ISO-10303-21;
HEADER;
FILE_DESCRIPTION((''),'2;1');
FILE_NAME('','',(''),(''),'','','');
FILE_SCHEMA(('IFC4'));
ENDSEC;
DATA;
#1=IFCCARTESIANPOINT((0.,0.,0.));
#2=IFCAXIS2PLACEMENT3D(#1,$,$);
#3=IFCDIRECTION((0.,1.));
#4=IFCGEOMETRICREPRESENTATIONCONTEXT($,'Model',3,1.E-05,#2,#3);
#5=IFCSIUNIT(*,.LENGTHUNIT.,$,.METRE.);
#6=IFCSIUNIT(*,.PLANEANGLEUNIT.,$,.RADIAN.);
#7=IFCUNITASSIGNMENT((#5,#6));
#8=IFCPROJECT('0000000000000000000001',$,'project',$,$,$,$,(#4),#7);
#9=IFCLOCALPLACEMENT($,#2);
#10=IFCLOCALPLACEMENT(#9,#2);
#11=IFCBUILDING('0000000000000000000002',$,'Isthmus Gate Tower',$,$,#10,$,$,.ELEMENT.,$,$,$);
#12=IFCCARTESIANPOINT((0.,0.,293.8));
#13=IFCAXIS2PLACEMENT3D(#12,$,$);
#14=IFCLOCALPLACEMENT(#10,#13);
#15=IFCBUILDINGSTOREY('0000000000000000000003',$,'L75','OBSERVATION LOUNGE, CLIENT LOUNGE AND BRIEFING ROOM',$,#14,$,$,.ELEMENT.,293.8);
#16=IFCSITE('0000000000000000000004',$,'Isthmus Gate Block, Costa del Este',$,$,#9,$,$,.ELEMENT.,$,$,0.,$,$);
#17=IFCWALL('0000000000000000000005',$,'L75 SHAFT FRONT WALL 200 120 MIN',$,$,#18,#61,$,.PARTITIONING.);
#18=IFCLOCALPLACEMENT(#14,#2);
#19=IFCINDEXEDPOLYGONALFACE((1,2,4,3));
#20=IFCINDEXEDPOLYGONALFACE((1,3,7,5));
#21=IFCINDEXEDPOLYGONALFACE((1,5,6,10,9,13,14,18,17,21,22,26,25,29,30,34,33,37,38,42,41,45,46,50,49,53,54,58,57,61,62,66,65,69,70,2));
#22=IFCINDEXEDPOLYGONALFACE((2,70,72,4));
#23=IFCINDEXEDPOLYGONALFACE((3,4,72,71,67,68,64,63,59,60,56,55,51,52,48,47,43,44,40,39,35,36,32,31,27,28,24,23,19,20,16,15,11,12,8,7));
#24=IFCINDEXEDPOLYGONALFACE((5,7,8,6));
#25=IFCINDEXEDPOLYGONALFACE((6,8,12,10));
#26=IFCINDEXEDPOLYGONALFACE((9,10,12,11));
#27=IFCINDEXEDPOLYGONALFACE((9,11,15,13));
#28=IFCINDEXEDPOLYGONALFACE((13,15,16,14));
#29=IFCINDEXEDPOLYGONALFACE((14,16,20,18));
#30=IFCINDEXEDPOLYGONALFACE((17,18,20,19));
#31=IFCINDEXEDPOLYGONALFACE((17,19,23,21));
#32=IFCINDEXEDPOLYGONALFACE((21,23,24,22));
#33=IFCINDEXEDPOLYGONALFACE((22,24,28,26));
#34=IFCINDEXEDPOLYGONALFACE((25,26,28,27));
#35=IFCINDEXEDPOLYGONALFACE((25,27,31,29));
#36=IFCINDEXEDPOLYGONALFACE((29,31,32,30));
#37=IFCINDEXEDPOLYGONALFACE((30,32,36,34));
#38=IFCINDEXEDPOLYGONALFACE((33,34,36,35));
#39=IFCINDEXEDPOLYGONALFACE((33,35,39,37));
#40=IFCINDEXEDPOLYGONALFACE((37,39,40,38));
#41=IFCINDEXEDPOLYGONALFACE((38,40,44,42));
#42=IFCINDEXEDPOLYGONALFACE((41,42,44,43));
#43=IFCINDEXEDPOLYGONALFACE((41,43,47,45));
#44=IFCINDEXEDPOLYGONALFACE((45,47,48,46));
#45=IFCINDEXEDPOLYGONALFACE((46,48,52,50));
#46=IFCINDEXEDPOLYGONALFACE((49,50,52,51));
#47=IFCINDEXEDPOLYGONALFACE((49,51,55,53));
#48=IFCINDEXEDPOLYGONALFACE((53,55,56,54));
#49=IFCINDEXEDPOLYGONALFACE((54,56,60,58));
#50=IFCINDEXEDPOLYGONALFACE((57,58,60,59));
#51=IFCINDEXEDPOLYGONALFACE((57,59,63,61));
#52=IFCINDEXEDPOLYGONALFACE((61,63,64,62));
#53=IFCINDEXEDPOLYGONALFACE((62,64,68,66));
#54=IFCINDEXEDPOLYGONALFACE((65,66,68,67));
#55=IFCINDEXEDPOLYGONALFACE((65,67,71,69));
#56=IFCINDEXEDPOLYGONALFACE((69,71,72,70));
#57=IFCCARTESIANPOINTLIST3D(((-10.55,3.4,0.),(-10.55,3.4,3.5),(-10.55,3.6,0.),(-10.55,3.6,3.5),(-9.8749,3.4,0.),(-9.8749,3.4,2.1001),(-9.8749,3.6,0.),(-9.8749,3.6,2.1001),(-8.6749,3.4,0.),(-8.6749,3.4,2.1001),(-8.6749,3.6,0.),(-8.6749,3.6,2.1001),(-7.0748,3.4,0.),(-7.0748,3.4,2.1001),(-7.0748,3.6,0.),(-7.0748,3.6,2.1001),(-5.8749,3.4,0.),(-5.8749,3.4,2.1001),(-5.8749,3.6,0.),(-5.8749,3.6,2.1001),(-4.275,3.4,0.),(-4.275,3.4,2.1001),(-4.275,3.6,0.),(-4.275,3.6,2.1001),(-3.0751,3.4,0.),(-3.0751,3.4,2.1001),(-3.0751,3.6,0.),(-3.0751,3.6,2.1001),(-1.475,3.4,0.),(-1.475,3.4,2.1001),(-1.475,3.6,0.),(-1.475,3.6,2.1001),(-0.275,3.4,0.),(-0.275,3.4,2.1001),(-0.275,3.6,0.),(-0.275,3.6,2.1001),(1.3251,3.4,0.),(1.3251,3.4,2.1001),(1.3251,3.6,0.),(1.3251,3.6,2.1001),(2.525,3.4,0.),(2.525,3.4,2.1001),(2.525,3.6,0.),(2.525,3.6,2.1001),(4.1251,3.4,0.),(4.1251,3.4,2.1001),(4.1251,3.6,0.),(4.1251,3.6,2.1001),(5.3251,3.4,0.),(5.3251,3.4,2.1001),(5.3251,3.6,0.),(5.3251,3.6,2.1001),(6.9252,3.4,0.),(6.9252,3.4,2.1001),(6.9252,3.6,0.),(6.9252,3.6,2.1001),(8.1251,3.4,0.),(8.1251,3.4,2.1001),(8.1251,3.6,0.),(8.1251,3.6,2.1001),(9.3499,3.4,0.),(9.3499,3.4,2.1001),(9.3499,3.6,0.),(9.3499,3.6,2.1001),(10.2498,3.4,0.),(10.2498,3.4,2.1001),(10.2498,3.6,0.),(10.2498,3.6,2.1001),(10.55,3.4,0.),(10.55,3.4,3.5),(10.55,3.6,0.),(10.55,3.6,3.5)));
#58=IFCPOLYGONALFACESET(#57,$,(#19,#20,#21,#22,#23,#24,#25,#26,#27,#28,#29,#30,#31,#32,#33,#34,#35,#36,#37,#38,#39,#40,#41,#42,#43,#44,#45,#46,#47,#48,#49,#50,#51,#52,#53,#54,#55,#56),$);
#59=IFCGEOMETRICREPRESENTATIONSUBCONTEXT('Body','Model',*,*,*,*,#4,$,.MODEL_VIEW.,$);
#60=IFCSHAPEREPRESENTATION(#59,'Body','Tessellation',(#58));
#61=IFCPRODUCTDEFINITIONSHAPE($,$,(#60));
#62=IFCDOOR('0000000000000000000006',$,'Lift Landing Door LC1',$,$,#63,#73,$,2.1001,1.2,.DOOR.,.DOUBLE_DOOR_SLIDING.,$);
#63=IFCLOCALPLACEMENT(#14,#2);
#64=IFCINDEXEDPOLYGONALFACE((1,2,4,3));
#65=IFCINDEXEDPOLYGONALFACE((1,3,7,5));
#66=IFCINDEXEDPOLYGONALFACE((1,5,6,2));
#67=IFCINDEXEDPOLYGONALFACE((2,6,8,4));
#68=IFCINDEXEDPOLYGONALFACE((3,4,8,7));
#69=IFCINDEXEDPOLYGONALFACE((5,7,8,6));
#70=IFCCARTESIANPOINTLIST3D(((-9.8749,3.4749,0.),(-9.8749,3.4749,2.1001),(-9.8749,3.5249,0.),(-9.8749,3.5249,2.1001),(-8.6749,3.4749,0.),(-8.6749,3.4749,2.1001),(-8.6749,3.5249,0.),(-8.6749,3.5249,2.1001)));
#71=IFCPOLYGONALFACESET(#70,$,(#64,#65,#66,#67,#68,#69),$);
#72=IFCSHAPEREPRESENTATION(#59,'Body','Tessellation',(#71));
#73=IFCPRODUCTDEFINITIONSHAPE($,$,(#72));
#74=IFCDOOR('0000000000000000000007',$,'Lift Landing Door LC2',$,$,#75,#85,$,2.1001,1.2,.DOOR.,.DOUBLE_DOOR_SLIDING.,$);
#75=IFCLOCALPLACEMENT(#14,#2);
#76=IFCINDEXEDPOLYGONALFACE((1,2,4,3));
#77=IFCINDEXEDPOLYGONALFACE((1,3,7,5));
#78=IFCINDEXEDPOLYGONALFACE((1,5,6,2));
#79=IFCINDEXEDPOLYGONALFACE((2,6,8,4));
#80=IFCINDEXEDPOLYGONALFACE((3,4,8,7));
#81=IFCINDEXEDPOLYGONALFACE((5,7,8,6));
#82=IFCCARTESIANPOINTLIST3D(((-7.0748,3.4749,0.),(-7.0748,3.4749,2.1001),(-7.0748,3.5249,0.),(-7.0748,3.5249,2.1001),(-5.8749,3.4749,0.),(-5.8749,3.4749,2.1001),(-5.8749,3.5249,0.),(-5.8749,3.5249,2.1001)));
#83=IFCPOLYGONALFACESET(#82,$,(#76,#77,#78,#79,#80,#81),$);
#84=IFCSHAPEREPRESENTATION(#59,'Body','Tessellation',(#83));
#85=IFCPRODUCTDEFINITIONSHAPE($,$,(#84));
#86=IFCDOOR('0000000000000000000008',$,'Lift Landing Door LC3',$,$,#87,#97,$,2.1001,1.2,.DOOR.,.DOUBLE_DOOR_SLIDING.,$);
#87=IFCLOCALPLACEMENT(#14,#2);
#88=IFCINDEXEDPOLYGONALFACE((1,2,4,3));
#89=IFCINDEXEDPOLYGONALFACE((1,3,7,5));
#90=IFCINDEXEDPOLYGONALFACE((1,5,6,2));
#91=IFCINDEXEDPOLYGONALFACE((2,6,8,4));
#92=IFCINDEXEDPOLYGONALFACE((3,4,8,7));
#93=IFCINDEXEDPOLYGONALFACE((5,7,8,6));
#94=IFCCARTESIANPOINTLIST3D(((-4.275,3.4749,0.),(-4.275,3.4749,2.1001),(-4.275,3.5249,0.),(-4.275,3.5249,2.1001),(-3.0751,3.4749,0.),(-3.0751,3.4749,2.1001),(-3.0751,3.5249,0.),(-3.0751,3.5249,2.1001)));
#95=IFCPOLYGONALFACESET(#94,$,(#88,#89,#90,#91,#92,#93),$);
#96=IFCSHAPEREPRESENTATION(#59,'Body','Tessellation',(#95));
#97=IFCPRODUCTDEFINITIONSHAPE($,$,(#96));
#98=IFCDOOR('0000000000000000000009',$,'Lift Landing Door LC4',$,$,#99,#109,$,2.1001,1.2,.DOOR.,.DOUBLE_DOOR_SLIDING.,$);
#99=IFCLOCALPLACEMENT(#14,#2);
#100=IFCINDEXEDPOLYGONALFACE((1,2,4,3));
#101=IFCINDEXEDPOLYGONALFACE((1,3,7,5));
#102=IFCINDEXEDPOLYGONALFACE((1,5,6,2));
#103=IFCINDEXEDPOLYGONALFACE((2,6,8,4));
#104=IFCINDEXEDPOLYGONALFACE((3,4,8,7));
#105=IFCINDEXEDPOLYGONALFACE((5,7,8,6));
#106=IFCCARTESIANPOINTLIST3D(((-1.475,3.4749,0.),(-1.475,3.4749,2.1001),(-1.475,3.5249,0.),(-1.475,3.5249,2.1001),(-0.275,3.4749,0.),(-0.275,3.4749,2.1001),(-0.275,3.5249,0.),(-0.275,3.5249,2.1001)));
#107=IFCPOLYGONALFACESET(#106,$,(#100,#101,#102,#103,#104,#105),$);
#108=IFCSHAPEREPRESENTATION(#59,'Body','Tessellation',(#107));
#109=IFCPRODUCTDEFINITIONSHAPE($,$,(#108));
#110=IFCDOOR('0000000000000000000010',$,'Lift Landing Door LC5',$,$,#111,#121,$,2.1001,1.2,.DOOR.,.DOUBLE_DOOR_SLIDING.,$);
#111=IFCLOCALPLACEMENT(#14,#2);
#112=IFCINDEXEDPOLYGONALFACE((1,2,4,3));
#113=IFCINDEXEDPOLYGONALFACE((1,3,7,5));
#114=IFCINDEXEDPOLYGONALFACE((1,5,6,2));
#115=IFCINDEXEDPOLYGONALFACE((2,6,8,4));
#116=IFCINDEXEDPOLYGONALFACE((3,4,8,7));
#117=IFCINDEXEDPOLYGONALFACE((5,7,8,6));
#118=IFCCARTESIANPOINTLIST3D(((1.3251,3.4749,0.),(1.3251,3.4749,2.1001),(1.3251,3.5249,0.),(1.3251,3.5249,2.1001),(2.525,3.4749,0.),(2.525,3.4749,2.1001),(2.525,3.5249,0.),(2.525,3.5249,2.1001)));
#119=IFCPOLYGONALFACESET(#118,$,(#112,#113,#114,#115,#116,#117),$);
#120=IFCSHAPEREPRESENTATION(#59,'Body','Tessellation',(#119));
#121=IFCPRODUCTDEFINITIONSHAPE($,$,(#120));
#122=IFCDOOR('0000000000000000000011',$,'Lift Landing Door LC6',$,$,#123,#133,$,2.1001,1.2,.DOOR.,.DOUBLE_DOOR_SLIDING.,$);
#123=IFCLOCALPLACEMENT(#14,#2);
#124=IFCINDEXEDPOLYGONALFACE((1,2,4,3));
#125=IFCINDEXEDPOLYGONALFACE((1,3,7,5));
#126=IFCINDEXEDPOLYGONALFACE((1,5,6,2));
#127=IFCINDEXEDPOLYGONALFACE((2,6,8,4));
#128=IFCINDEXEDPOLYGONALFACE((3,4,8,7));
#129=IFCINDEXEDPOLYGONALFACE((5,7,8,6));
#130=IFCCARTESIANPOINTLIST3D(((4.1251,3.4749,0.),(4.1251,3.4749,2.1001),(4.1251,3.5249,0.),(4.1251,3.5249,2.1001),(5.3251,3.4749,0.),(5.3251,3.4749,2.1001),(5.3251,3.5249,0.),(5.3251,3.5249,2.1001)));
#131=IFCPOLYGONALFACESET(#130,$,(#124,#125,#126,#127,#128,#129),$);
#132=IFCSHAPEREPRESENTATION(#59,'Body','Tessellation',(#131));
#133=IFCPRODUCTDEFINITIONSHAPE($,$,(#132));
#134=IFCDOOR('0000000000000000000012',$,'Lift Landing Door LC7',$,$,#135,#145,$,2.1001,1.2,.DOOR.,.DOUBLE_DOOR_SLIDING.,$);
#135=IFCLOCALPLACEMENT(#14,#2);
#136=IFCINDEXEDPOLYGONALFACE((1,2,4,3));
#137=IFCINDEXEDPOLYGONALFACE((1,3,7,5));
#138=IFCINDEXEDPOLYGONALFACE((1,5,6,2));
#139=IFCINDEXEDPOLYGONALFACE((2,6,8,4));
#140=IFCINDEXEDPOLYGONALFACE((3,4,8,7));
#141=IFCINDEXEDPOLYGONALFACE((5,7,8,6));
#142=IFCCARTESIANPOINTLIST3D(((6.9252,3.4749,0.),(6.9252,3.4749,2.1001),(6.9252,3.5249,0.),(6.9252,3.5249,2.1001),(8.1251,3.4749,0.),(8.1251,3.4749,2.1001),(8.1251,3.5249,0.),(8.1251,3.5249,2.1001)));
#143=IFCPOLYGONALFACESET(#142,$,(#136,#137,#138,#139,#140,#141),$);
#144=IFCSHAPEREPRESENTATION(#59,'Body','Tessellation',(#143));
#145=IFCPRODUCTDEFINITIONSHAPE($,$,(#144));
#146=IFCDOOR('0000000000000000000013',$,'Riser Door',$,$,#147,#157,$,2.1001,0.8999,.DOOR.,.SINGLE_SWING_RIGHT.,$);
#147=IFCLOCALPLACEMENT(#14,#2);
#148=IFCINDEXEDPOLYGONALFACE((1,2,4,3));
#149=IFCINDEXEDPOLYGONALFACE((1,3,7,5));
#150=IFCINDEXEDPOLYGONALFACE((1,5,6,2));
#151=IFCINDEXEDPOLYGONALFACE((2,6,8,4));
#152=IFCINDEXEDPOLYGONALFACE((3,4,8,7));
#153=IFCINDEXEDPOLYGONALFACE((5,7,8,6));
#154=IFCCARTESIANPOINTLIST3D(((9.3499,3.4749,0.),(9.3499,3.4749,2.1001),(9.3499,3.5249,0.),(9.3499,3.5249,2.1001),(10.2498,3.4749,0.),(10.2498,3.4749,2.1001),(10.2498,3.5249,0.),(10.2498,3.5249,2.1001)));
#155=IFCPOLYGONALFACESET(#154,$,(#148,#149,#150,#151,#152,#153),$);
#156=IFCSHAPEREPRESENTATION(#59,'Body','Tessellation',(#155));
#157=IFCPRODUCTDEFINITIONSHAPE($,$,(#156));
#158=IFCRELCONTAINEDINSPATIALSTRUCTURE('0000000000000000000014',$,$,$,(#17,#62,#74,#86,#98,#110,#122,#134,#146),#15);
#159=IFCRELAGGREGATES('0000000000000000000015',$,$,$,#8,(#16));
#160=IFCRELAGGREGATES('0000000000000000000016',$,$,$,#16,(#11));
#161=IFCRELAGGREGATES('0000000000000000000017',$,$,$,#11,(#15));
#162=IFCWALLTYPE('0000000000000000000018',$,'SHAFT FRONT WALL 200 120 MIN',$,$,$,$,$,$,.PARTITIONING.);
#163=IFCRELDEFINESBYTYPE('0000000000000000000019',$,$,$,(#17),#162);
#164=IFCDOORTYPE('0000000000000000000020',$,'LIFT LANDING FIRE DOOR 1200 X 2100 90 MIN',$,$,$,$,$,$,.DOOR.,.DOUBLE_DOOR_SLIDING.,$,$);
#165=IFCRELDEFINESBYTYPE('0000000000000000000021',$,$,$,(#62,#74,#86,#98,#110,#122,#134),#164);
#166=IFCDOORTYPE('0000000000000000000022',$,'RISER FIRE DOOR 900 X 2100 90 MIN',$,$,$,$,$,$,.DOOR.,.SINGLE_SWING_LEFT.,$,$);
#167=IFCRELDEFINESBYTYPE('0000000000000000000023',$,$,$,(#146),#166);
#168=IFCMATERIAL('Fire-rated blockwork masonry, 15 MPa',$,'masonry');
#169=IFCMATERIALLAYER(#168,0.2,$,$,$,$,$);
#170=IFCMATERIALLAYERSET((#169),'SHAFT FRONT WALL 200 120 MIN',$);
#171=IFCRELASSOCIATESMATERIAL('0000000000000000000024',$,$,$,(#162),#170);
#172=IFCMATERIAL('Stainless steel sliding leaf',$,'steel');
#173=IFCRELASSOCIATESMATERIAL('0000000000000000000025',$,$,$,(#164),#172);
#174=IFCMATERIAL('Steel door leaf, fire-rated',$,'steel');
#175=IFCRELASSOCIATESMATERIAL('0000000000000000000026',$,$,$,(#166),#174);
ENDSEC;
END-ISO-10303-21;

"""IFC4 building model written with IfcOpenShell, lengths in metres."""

from ifc_helpers import new_model, si_unit, direction, frame, frame_2d, origin, place, context, subcontext, project, spatial, rectangle, extrude, material, layer, layer_set, type_object, element, fill, save


model = new_model("IFC4")

# Units and contexts
model_context = context("Model", 3, precision=1e-05, world=origin(), true_north=direction((0.0, 1.0)))
body_context = subcontext(model_context, "Body", "Model", "MODEL_VIEW")
ifc_project = project(units=[si_unit("LENGTHUNIT", "METRE"), si_unit("PLANEANGLEUNIT", "RADIAN")], contexts=[model_context])

# Site, building, storey
site_placement = place(None, origin())
site = spatial("IfcSite", under=ifc_project, at=site_placement, Name="Isthmus Gate Block, Costa del Este", CompositionType="ELEMENT", RefElevation=0.0)
building_placement = place(site_placement, origin())
building = spatial("IfcBuilding", under=site, at=building_placement, Name="Isthmus Gate Tower", CompositionType="ELEMENT")
storey_placement = place(building_placement, frame((0.0, 0.0, 293.8)))
storey = spatial("IfcBuildingStorey", under=building, at=storey_placement, Name="L75", Description="OBSERVATION LOUNGE, CLIENT LOUNGE AND BRIEFING ROOM", CompositionType="ELEMENT", Elevation=293.8)

# Wall, openings, doors
ifc_material_1 = material(Name="Fire-rated blockwork masonry, 15 MPa", Category="masonry")
ifc_layer = layer(ifc_material_1, 0.2)
ifc_layer_set = layer_set([ifc_layer], Name="SHAFT FRONT WALL 200 120 MIN")
wall_type = type_object("IfcWallType", Name="SHAFT FRONT WALL 200 120 MIN", PredefinedType="PARTITIONING", material=ifc_layer_set)
wall_placement = place(storey_placement, frame((-10.55, 3.5, 0.0), z_axis=(0.0, 0.0, 1.0), x_axis=(1.0, 0.0, 0.0)))
wall = element("IfcWall", 1, at=wall_placement, inside=storey, type_object=wall_type, Name="L75 SHAFT FRONT WALL 200 120 MIN", PredefinedType="PARTITIONING", context=body_context, shape_type="SweptSolid", body=[
    extrude(rectangle(XDim=21.1001, YDim=0.2, at=frame_2d((10.55, 0.0))), origin(), (0.0, 0.0, 1.0), 3.5),
])
opening_1_placement = place(wall_placement, frame((0.675, 0.0, 0.0)))
opening_1 = element("IfcOpeningElement", 2, at=opening_1_placement, cuts=wall, PredefinedType="OPENING", context=body_context, shape_type="SweptSolid", body=[
    extrude(rectangle(XDim=1.2, YDim=2.1001, at=frame_2d((0.6001, 1.05))), frame((0.0, 0.1099, 0.0), z_axis=(0.0, -1.0, 0.0), x_axis=(1.0, 0.0, 0.0)), (0.0, 0.0, 1.0), 0.22),
])
opening_2_placement = place(wall_placement, frame((3.4751, 0.0, 0.0)))
opening_2 = element("IfcOpeningElement", 3, at=opening_2_placement, cuts=wall, PredefinedType="OPENING", context=body_context, shape_type="SweptSolid", body=[
    extrude(rectangle(XDim=1.2, YDim=2.1001, at=frame_2d((0.6001, 1.05))), frame((0.0, 0.1099, 0.0), z_axis=(0.0, -1.0, 0.0), x_axis=(1.0, 0.0, 0.0)), (0.0, 0.0, 1.0), 0.22),
])
opening_3_placement = place(wall_placement, frame((6.2749, 0.0, 0.0)))
opening_3 = element("IfcOpeningElement", 4, at=opening_3_placement, cuts=wall, PredefinedType="OPENING", context=body_context, shape_type="SweptSolid", body=[
    extrude(rectangle(XDim=1.2, YDim=2.1001, at=frame_2d((0.6001, 1.05))), frame((0.0, 0.1099, 0.0), z_axis=(0.0, -1.0, 0.0), x_axis=(1.0, 0.0, 0.0)), (0.0, 0.0, 1.0), 0.22),
])
opening_4_placement = place(wall_placement, frame((9.075, 0.0, 0.0)))
opening_4 = element("IfcOpeningElement", 5, at=opening_4_placement, cuts=wall, PredefinedType="OPENING", context=body_context, shape_type="SweptSolid", body=[
    extrude(rectangle(XDim=1.2, YDim=2.1001, at=frame_2d((0.6001, 1.05))), frame((0.0, 0.1099, 0.0), z_axis=(0.0, -1.0, 0.0), x_axis=(1.0, 0.0, 0.0)), (0.0, 0.0, 1.0), 0.22),
])
opening_5_placement = place(wall_placement, frame((11.875, 0.0, 0.0)))
opening_5 = element("IfcOpeningElement", 6, at=opening_5_placement, cuts=wall, PredefinedType="OPENING", context=body_context, shape_type="SweptSolid", body=[
    extrude(rectangle(XDim=1.2, YDim=2.1001, at=frame_2d((0.6001, 1.05))), frame((0.0, 0.1099, 0.0), z_axis=(0.0, -1.0, 0.0), x_axis=(1.0, 0.0, 0.0)), (0.0, 0.0, 1.0), 0.22),
])
opening_6_placement = place(wall_placement, frame((14.675, 0.0, 0.0)))
opening_6 = element("IfcOpeningElement", 7, at=opening_6_placement, cuts=wall, PredefinedType="OPENING", context=body_context, shape_type="SweptSolid", body=[
    extrude(rectangle(XDim=1.2, YDim=2.1001, at=frame_2d((0.6001, 1.05))), frame((0.0, 0.1099, 0.0), z_axis=(0.0, -1.0, 0.0), x_axis=(1.0, 0.0, 0.0)), (0.0, 0.0, 1.0), 0.22),
])
opening_7_placement = place(wall_placement, frame((17.4751, 0.0, 0.0)))
opening_7 = element("IfcOpeningElement", 8, at=opening_7_placement, cuts=wall, PredefinedType="OPENING", context=body_context, shape_type="SweptSolid", body=[
    extrude(rectangle(XDim=1.2, YDim=2.1001, at=frame_2d((0.6001, 1.05))), frame((0.0, 0.1099, 0.0), z_axis=(0.0, -1.0, 0.0), x_axis=(1.0, 0.0, 0.0)), (0.0, 0.0, 1.0), 0.22),
])
opening_8_placement = place(wall_placement, frame((19.8999, 0.0, 0.0)))
opening_8 = element("IfcOpeningElement", 9, at=opening_8_placement, cuts=wall, PredefinedType="OPENING", context=body_context, shape_type="SweptSolid", body=[
    extrude(rectangle(XDim=0.8999, YDim=2.1001, at=frame_2d((0.45, 1.05))), frame((0.0, 0.1099, 0.0), z_axis=(0.0, -1.0, 0.0), x_axis=(1.0, 0.0, 0.0)), (0.0, 0.0, 1.0), 0.22),
])
ifc_material_2 = material(Name="Stainless steel sliding leaf", Category="steel")
door_type_1 = type_object("IfcDoorType", Name="LIFT LANDING FIRE DOOR 1200 X 2100 90 MIN", OperationType="DOUBLE_DOOR_SLIDING", PredefinedType="DOOR", material=ifc_material_2)
door_1_placement = place(opening_1_placement, origin())
door_1 = element("IfcDoor", 10, at=door_1_placement, inside=storey, type_object=door_type_1, Name="Lift Landing Door LC1", OperationType="DOUBLE_DOOR_SLIDING", OverallHeight=2.1001, OverallWidth=1.2, PredefinedType="DOOR", context=body_context, shape_type="SweptSolid", body=[
    extrude(rectangle(XDim=1.2, YDim=2.1001, at=frame_2d((0.6001, 1.05))), frame((0.0, 0.0249, 0.0), z_axis=(0.0, -1.0, 0.0), x_axis=(1.0, 0.0, 0.0)), (0.0, 0.0, 1.0), 0.05),
])
fill(opening_1, door_1)
door_2_placement = place(opening_2_placement, origin())
door_2 = element("IfcDoor", 11, at=door_2_placement, inside=storey, type_object=door_type_1, Name="Lift Landing Door LC2", OperationType="DOUBLE_DOOR_SLIDING", OverallHeight=2.1001, OverallWidth=1.2, PredefinedType="DOOR", context=body_context, shape_type="SweptSolid", body=[
    extrude(rectangle(XDim=1.2, YDim=2.1001, at=frame_2d((0.6001, 1.05))), frame((0.0, 0.0249, 0.0), z_axis=(0.0, -1.0, 0.0), x_axis=(1.0, 0.0, 0.0)), (0.0, 0.0, 1.0), 0.05),
])
fill(opening_2, door_2)
door_3_placement = place(opening_3_placement, origin())
door_3 = element("IfcDoor", 12, at=door_3_placement, inside=storey, type_object=door_type_1, Name="Lift Landing Door LC3", OperationType="DOUBLE_DOOR_SLIDING", OverallHeight=2.1001, OverallWidth=1.2, PredefinedType="DOOR", context=body_context, shape_type="SweptSolid", body=[
    extrude(rectangle(XDim=1.2, YDim=2.1001, at=frame_2d((0.6001, 1.05))), frame((0.0, 0.0249, 0.0), z_axis=(0.0, -1.0, 0.0), x_axis=(1.0, 0.0, 0.0)), (0.0, 0.0, 1.0), 0.05),
])
fill(opening_3, door_3)
door_4_placement = place(opening_4_placement, origin())
door_4 = element("IfcDoor", 13, at=door_4_placement, inside=storey, type_object=door_type_1, Name="Lift Landing Door LC4", OperationType="DOUBLE_DOOR_SLIDING", OverallHeight=2.1001, OverallWidth=1.2, PredefinedType="DOOR", context=body_context, shape_type="SweptSolid", body=[
    extrude(rectangle(XDim=1.2, YDim=2.1001, at=frame_2d((0.6001, 1.05))), frame((0.0, 0.0249, 0.0), z_axis=(0.0, -1.0, 0.0), x_axis=(1.0, 0.0, 0.0)), (0.0, 0.0, 1.0), 0.05),
])
fill(opening_4, door_4)
door_5_placement = place(opening_5_placement, origin())
door_5 = element("IfcDoor", 14, at=door_5_placement, inside=storey, type_object=door_type_1, Name="Lift Landing Door LC5", OperationType="DOUBLE_DOOR_SLIDING", OverallHeight=2.1001, OverallWidth=1.2, PredefinedType="DOOR", context=body_context, shape_type="SweptSolid", body=[
    extrude(rectangle(XDim=1.2, YDim=2.1001, at=frame_2d((0.6001, 1.05))), frame((0.0, 0.0249, 0.0), z_axis=(0.0, -1.0, 0.0), x_axis=(1.0, 0.0, 0.0)), (0.0, 0.0, 1.0), 0.05),
])
fill(opening_5, door_5)
door_6_placement = place(opening_6_placement, origin())
door_6 = element("IfcDoor", 15, at=door_6_placement, inside=storey, type_object=door_type_1, Name="Lift Landing Door LC6", OperationType="DOUBLE_DOOR_SLIDING", OverallHeight=2.1001, OverallWidth=1.2, PredefinedType="DOOR", context=body_context, shape_type="SweptSolid", body=[
    extrude(rectangle(XDim=1.2, YDim=2.1001, at=frame_2d((0.6001, 1.05))), frame((0.0, 0.0249, 0.0), z_axis=(0.0, -1.0, 0.0), x_axis=(1.0, 0.0, 0.0)), (0.0, 0.0, 1.0), 0.05),
])
fill(opening_6, door_6)
door_7_placement = place(opening_7_placement, origin())
door_7 = element("IfcDoor", 16, at=door_7_placement, inside=storey, type_object=door_type_1, Name="Lift Landing Door LC7", OperationType="DOUBLE_DOOR_SLIDING", OverallHeight=2.1001, OverallWidth=1.2, PredefinedType="DOOR", context=body_context, shape_type="SweptSolid", body=[
    extrude(rectangle(XDim=1.2, YDim=2.1001, at=frame_2d((0.6001, 1.05))), frame((0.0, 0.0249, 0.0), z_axis=(0.0, -1.0, 0.0), x_axis=(1.0, 0.0, 0.0)), (0.0, 0.0, 1.0), 0.05),
])
fill(opening_7, door_7)
ifc_material_3 = material(Name="Steel door leaf, fire-rated", Category="steel")
door_type_2 = type_object("IfcDoorType", Name="RISER FIRE DOOR 900 X 2100 90 MIN", OperationType="SINGLE_SWING_LEFT", PredefinedType="DOOR", material=ifc_material_3)
door_8_placement = place(opening_8_placement, origin())
door_8 = element("IfcDoor", 17, at=door_8_placement, inside=storey, type_object=door_type_2, Name="Riser Door", OperationType="SINGLE_SWING_RIGHT", OverallHeight=2.1001, OverallWidth=0.8999, PredefinedType="DOOR", context=body_context, shape_type="SweptSolid", body=[
    extrude(rectangle(XDim=0.8999, YDim=2.1001, at=frame_2d((0.45, 1.05))), frame((0.0, 0.0249, 0.0), z_axis=(0.0, -1.0, 0.0), x_axis=(1.0, 0.0, 0.0)), (0.0, 0.0, 1.0), 0.05),
])
fill(opening_8, door_8)

save(model, "model.ifc")
